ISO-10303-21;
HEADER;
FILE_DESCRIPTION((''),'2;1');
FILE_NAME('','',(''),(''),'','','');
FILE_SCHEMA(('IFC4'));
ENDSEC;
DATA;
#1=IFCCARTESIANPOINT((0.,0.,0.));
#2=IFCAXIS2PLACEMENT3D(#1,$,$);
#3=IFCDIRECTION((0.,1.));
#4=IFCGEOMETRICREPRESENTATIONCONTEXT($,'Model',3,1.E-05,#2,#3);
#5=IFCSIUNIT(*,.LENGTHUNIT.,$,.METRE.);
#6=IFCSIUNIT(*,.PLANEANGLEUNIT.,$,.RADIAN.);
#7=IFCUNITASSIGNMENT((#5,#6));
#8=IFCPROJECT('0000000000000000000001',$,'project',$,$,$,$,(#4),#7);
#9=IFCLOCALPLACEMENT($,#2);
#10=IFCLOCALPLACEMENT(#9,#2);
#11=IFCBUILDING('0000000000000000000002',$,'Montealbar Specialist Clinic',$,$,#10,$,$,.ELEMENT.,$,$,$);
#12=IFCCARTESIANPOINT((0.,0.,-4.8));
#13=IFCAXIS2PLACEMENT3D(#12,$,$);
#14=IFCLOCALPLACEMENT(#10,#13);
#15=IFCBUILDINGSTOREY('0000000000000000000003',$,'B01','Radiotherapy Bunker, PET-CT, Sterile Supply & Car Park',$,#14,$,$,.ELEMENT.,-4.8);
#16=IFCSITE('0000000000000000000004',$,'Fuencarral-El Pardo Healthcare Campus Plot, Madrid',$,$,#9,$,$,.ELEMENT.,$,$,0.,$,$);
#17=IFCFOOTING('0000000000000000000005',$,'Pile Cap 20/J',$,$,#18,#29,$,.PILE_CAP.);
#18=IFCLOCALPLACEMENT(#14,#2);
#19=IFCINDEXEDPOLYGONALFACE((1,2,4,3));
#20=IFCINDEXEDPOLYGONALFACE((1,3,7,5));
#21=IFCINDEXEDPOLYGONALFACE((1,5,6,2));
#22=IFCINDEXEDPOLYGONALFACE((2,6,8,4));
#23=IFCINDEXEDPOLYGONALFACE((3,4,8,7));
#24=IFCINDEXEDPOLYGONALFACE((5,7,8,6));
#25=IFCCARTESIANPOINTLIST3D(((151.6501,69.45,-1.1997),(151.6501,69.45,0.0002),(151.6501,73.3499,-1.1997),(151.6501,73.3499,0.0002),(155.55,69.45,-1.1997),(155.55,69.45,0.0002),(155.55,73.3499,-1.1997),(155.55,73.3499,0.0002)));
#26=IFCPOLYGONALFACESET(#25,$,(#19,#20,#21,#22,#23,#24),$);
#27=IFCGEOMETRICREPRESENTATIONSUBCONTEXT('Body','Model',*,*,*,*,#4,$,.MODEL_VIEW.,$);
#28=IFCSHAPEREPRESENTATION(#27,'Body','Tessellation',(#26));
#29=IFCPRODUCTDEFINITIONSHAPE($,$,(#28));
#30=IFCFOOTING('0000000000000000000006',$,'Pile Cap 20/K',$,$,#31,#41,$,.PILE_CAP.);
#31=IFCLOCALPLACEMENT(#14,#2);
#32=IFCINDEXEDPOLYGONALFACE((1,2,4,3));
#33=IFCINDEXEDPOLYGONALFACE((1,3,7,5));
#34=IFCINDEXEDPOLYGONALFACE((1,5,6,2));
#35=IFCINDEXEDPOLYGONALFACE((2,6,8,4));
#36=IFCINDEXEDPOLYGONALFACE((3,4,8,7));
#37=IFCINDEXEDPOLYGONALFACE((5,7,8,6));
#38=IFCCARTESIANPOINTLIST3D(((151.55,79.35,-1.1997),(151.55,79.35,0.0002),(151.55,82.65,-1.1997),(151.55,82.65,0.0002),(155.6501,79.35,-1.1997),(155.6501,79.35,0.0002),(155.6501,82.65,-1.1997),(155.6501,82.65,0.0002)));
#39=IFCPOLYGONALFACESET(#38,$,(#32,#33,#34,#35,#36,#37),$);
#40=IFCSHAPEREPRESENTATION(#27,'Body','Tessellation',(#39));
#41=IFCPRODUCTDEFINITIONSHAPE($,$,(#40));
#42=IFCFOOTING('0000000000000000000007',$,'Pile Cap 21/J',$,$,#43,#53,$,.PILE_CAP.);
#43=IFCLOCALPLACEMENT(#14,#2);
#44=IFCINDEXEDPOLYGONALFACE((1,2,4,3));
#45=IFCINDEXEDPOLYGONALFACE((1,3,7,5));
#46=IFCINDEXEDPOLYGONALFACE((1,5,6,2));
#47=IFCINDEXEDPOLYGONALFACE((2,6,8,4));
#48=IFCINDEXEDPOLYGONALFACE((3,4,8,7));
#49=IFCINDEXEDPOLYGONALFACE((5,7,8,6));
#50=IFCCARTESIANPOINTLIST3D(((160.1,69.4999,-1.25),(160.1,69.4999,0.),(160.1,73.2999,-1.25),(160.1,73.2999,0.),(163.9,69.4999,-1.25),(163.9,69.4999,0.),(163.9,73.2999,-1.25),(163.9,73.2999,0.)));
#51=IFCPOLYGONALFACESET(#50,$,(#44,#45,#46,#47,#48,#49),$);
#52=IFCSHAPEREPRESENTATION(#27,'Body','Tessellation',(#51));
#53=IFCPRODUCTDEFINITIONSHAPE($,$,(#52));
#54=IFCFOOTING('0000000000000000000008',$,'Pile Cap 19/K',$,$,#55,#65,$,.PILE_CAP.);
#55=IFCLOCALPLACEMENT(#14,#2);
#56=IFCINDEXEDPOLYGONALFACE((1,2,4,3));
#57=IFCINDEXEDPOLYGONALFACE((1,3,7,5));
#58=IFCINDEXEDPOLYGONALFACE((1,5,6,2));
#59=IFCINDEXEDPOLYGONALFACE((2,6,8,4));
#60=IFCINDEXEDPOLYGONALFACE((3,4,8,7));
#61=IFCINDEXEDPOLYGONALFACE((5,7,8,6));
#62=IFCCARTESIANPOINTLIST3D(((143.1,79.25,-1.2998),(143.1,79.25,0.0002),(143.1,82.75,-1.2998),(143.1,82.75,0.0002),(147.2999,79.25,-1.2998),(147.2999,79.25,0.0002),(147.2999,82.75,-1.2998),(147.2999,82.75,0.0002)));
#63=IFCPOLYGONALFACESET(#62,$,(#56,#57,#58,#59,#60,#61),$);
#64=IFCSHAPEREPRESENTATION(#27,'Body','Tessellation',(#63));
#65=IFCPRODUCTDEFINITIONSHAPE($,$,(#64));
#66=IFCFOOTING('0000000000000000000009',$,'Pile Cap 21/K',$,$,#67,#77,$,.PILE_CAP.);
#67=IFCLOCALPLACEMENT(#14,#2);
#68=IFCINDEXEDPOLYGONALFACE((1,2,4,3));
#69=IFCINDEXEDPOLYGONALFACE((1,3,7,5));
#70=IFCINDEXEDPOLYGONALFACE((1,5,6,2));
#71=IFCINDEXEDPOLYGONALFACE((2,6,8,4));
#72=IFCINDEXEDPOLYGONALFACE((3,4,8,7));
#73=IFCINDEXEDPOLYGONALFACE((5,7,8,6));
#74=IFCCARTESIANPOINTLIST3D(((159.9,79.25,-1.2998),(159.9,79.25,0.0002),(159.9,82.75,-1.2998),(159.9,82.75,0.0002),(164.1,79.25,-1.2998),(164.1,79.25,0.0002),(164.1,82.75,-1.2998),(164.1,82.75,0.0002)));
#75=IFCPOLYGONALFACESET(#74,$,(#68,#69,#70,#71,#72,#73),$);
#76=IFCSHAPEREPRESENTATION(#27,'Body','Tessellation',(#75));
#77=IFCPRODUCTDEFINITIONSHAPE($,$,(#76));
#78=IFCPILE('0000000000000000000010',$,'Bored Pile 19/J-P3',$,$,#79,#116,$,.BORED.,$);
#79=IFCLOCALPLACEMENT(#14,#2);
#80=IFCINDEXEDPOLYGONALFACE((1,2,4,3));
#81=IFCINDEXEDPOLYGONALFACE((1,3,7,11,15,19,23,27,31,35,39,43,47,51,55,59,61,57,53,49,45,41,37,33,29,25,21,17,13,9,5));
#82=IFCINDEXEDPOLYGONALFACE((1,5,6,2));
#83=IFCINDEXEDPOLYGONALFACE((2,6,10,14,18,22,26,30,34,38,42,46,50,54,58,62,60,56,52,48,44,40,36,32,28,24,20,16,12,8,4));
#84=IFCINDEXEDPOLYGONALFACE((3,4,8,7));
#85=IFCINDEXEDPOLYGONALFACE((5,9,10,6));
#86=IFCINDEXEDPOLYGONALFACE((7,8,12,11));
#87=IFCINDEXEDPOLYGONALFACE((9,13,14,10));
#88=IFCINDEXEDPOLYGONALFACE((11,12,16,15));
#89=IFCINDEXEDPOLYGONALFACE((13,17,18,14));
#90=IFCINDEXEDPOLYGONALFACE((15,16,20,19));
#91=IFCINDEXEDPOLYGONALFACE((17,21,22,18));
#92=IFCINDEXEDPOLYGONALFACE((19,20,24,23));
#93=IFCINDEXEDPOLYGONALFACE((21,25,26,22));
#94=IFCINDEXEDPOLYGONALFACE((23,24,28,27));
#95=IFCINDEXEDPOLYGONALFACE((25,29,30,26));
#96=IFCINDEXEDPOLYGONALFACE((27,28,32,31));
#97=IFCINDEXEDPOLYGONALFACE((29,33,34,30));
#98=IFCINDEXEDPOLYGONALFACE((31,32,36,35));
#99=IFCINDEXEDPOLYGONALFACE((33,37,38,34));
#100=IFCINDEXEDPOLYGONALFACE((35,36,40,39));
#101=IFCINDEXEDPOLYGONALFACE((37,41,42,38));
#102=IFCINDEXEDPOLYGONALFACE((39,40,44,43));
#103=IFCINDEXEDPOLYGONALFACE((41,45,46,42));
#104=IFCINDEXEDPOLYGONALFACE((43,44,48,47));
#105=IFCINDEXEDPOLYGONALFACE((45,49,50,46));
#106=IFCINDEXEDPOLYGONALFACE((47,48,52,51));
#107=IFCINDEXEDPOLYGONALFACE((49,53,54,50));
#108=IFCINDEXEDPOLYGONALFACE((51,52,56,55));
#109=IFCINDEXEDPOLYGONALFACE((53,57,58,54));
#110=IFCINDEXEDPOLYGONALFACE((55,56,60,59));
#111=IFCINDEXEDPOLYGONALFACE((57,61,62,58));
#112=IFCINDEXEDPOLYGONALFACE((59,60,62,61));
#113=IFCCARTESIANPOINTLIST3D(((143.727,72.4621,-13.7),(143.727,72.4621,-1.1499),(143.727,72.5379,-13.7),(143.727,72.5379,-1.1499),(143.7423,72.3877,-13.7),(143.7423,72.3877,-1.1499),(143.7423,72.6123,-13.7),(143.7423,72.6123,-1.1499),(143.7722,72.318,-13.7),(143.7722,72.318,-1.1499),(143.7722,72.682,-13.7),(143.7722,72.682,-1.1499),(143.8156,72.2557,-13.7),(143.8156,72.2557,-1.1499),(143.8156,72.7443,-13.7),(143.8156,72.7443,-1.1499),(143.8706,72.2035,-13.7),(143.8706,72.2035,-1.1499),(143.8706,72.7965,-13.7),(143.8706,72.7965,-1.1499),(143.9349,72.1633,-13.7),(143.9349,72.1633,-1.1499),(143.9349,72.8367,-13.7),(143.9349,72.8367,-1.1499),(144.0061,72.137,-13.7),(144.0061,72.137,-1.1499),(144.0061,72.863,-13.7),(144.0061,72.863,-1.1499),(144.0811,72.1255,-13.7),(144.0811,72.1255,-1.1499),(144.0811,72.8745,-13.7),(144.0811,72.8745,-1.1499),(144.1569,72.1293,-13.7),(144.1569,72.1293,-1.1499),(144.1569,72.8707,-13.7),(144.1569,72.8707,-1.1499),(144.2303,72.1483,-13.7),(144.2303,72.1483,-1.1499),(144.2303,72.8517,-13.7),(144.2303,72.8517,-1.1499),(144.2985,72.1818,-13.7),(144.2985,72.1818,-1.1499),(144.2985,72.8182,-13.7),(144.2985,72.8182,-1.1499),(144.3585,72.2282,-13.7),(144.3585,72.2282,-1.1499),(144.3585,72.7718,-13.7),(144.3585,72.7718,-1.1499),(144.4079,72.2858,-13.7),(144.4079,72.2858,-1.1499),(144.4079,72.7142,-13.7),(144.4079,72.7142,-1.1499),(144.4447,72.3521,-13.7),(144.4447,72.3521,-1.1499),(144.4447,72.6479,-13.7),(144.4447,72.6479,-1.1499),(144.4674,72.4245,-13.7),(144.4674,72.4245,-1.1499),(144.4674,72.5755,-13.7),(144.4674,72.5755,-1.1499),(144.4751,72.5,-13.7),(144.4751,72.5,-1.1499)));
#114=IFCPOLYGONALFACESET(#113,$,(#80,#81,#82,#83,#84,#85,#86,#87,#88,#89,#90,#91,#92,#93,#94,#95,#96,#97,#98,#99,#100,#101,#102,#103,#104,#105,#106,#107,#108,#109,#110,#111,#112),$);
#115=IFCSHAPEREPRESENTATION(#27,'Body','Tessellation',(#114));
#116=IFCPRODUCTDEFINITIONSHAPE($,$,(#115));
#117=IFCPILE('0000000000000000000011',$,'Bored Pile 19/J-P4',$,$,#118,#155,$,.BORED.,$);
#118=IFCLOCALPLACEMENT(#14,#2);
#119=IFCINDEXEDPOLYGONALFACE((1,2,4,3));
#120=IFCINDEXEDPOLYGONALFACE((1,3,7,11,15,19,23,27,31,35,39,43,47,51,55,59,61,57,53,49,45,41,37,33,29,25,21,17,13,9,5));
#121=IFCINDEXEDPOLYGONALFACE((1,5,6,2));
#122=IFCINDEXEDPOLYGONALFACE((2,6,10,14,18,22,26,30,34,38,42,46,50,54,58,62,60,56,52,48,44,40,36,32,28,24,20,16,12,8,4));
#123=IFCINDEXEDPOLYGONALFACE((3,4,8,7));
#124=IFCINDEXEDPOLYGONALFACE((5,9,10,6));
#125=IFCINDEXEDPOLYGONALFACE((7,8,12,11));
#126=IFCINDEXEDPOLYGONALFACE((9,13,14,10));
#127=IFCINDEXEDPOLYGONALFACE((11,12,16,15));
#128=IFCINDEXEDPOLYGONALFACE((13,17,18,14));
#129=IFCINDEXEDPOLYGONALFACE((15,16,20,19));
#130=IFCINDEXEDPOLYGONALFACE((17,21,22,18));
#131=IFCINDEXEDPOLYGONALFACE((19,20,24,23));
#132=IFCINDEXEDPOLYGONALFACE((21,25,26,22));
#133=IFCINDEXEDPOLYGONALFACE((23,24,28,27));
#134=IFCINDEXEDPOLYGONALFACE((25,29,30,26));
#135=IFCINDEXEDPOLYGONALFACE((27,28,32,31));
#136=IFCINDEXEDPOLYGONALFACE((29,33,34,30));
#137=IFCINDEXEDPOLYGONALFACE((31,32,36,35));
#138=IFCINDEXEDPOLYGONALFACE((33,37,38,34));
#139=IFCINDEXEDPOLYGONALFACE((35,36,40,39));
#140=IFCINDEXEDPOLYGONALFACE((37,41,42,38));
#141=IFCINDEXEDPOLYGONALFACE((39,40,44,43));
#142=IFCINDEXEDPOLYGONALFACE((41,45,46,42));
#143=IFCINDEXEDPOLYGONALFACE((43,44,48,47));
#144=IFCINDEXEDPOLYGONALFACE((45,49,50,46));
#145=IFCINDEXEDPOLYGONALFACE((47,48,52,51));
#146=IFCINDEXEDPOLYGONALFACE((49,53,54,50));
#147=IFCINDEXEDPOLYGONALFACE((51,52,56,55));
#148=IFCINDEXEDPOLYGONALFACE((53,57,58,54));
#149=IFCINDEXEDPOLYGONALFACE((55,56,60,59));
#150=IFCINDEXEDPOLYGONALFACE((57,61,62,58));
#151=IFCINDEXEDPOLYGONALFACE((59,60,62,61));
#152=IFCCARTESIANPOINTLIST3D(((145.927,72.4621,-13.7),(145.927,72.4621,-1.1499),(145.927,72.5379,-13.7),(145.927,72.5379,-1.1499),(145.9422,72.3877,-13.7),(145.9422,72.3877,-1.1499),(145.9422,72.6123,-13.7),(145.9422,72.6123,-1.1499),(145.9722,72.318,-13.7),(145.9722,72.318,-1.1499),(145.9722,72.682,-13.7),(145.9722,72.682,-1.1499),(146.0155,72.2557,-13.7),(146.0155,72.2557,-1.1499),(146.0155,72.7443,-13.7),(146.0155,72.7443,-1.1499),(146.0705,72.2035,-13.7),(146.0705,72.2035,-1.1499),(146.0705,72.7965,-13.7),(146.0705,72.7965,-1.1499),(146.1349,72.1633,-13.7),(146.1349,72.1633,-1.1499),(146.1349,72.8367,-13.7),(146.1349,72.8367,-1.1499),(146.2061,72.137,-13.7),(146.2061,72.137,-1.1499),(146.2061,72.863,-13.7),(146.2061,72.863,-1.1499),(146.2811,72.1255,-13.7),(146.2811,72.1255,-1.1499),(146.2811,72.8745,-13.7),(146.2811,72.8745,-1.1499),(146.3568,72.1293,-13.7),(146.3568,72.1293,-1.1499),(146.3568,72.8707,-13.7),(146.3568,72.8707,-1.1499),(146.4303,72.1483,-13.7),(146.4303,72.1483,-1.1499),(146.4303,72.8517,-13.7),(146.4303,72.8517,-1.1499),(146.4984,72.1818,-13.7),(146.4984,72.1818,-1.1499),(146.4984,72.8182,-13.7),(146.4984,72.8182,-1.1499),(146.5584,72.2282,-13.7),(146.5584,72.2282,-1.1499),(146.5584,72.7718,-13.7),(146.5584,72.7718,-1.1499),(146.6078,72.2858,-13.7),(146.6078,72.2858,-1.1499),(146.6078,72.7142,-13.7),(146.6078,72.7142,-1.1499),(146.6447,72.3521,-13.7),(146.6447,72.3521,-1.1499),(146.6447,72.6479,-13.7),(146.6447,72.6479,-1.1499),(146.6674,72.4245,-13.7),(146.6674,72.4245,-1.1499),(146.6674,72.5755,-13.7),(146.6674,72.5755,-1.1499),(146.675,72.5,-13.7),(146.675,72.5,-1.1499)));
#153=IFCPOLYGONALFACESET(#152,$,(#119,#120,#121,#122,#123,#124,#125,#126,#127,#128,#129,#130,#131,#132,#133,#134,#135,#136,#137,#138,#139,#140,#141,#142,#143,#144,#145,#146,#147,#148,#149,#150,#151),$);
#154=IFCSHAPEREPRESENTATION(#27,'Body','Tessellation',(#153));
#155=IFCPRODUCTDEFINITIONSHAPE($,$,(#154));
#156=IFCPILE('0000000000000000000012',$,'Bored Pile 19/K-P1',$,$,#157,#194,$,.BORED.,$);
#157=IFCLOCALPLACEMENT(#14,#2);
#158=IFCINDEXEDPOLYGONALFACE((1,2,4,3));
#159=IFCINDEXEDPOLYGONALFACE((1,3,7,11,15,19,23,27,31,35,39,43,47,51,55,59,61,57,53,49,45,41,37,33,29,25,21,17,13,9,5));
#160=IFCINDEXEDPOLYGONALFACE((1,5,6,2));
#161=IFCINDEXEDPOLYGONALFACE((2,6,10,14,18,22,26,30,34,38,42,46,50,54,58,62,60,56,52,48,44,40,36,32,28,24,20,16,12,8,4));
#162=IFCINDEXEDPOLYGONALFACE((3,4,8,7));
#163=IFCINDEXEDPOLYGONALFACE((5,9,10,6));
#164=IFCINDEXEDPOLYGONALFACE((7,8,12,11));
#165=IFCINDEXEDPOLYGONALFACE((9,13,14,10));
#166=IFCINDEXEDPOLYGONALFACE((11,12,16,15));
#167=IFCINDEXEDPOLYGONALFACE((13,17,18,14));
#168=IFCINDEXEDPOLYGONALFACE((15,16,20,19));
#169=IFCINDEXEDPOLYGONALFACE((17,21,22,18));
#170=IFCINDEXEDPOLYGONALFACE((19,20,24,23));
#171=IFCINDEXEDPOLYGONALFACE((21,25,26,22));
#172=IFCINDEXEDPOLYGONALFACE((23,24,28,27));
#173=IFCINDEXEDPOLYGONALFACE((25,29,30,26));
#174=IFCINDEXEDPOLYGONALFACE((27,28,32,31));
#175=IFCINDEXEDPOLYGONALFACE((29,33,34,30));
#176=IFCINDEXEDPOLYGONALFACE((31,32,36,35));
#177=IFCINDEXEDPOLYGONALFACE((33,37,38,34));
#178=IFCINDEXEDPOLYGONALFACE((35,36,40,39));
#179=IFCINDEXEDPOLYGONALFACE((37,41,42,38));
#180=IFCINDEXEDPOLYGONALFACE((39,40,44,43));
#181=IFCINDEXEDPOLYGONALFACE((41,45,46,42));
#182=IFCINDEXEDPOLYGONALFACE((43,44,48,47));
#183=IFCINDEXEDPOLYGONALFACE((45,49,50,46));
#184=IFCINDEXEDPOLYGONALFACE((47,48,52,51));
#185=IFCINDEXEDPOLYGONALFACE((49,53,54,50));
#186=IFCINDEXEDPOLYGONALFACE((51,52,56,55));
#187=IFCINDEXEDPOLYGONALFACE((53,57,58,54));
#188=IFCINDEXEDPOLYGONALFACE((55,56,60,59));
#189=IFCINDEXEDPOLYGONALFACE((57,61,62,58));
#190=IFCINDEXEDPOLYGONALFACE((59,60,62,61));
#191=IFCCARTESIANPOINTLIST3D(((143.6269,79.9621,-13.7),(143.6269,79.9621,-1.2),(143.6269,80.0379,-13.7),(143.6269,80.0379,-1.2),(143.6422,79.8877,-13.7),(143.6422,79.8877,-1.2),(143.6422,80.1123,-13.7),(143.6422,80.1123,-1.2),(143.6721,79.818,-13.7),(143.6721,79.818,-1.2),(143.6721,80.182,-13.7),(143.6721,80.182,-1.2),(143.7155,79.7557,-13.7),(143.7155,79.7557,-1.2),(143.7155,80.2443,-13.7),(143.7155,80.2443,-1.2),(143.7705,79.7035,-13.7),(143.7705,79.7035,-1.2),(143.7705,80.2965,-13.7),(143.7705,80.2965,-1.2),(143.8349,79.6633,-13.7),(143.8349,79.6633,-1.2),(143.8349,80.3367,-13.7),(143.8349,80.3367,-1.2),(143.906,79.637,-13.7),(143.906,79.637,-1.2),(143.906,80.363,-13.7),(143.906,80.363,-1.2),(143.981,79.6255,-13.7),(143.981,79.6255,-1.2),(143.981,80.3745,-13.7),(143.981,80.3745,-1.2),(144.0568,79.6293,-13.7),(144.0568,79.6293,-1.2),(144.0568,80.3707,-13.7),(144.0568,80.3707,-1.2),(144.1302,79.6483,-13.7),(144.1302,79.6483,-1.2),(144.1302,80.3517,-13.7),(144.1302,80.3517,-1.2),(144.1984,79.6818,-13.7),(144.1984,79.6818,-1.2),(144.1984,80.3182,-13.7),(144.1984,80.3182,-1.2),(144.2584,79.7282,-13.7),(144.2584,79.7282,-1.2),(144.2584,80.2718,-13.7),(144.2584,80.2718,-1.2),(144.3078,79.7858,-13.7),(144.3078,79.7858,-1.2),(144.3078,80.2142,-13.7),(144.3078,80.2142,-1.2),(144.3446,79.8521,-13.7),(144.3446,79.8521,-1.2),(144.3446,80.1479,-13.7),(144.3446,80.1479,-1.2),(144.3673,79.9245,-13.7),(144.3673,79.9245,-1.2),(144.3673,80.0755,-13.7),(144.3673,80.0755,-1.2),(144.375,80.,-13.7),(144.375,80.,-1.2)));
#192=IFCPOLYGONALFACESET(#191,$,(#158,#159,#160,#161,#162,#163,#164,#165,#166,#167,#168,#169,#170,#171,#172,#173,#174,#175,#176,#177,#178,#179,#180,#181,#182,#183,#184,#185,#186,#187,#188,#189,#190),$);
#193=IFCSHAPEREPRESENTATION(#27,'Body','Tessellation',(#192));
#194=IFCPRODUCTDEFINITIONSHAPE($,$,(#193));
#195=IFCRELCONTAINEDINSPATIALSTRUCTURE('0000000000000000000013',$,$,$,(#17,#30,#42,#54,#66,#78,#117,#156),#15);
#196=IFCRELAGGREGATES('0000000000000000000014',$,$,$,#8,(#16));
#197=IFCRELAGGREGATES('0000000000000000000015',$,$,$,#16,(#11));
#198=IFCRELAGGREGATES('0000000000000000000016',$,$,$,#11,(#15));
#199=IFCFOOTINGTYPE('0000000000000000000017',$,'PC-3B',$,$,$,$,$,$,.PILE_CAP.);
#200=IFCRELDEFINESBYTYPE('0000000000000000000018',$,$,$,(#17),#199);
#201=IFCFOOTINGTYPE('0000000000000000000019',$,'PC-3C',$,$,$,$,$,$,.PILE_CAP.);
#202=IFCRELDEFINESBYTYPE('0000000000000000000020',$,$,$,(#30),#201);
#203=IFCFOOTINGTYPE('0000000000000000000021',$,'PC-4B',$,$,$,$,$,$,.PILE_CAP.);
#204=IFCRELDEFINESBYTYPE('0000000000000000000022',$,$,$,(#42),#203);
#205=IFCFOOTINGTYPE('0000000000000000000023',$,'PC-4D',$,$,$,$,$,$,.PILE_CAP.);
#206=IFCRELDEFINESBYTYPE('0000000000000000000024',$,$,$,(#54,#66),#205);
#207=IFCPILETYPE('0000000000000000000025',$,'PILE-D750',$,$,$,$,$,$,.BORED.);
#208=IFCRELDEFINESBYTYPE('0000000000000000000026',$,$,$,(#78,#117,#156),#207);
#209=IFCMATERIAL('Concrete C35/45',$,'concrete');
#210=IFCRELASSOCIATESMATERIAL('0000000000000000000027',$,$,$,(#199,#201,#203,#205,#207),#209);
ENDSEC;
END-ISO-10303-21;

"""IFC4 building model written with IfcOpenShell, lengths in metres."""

from ifc_helpers import new_model, si_unit, direction, frame, origin, origin_2d, place, context, subcontext, project, spatial, rectangle, circle, extrude, material, material_profile, profile_set, type_object, element, save


model = new_model("IFC4")

# Units and contexts
model_context = context("Model", 3, precision=1e-05, world=origin(), true_north=direction((0.0, 1.0)))
body_context = subcontext(model_context, "Body", "Model", "MODEL_VIEW")
ifc_project = project(units=[si_unit("LENGTHUNIT", "METRE"), si_unit("PLANEANGLEUNIT", "RADIAN")], contexts=[model_context])

# Site, building, storey
site_placement = place(None, origin())
site = spatial("IfcSite", under=ifc_project, at=site_placement, Name="Fuencarral-El Pardo Healthcare Campus Plot, Madrid", CompositionType="ELEMENT", RefElevation=0.0)
building_placement = place(site_placement, origin())
building = spatial("IfcBuilding", under=site, at=building_placement, Name="Montealbar Specialist Clinic", CompositionType="ELEMENT")
storey_placement = place(building_placement, frame((0.0, 0.0, -4.8)))
storey = spatial("IfcBuildingStorey", under=building, at=storey_placement, Name="B01", Description="Radiotherapy Bunker, PET-CT, Sterile Supply & Car Park", CompositionType="ELEMENT", Elevation=-4.8)

# Footings
ifc_material_1 = material(Name="Concrete C35/45", Category="concrete")
footing_type_1 = type_object("IfcFootingType", Name="PC-3B", PredefinedType="PILE_CAP", material=ifc_material_1)
footing_1_placement = place(storey_placement, frame((153.6001, 71.3999, -1.1997), z_axis=(0.0, 0.0, 1.0), x_axis=(1.0, 0.0, 0.0)))
element("IfcFooting", 1, at=footing_1_placement, inside=storey, type_object=footing_type_1, Name="Pile Cap 20/J", PredefinedType="PILE_CAP", context=body_context, shape_type="SweptSolid", body=[
    extrude(rectangle(XDim=3.8999, YDim=3.8999, at=origin_2d()), origin(), (0.0, 0.0, 1.0), 1.2),
])
footing_type_2 = type_object("IfcFootingType", Name="PC-3C", PredefinedType="PILE_CAP", material=ifc_material_1)
footing_2_placement = place(storey_placement, frame((153.6001, 81.0, -1.1997), z_axis=(0.0, 0.0, 1.0), x_axis=(1.0, 0.0, 0.0)))
element("IfcFooting", 2, at=footing_2_placement, inside=storey, type_object=footing_type_2, Name="Pile Cap 20/K", PredefinedType="PILE_CAP", context=body_context, shape_type="SweptSolid", body=[
    extrude(rectangle(XDim=4.1001, YDim=3.3, at=origin_2d()), origin(), (0.0, 0.0, 1.0), 1.2),
])
footing_type_3 = type_object("IfcFootingType", Name="PC-4B", PredefinedType="PILE_CAP", material=ifc_material_1)
footing_3_placement = place(storey_placement, frame((162.0, 71.3999, -1.25), z_axis=(0.0, 0.0, 1.0), x_axis=(1.0, 0.0, 0.0)))
element("IfcFooting", 3, at=footing_3_placement, inside=storey, type_object=footing_type_3, Name="Pile Cap 21/J", PredefinedType="PILE_CAP", context=body_context, shape_type="SweptSolid", body=[
    extrude(rectangle(XDim=3.8, YDim=3.8, at=origin_2d()), origin(), (0.0, 0.0, 1.0), 1.25),
])
footing_type_4 = type_object("IfcFootingType", Name="PC-4D", PredefinedType="PILE_CAP", material=ifc_material_1)
for number, where, z_axis, x_axis, name in (
    (4, (145.2, 81.0, -1.2998), (0.0, 0.0, 1.0), (1.0, 0.0, 0.0), "Pile Cap 19/K"),
    (5, (162.0, 81.0, -1.2998), (0.0, 0.0, 1.0), (1.0, 0.0, 0.0), "Pile Cap 21/K"),
):
    element("IfcFooting", number, at=place(storey_placement, frame(where, z_axis=z_axis, x_axis=x_axis)), inside=storey, type_object=footing_type_4, Name=name, PredefinedType="PILE_CAP", context=body_context, shape_type="SweptSolid", body=[
        extrude(rectangle(XDim=4.2, YDim=3.5, at=origin_2d()), origin(), (0.0, 0.0, 1.0), 1.3),
    ])

# Piles
ifc_material_profile_1 = material_profile(ifc_material_1, circle(Radius=0.375, at=origin_2d()), Name="PILE D750", Category="concrete")
ifc_profile_set_1 = profile_set([ifc_material_profile_1], Name="Concrete C35/45")
pile_type = type_object("IfcPileType", Name="PILE-D750", PredefinedType="BORED", material=ifc_profile_set_1)
for number, where, z_axis, x_axis, name in (
    (6, (144.1001, 72.5, -1.1499), (0.0, 0.0, -1.0), (1.0, 0.0, 0.0), "Bored Pile 19/J-P3"),
    (7, (146.3, 72.5, -1.1499), (0.0, 0.0, -1.0), (1.0, 0.0, 0.0), "Bored Pile 19/J-P4"),
):
    element("IfcPile", number, at=place(storey_placement, frame(where, z_axis=z_axis, x_axis=x_axis)), inside=storey, type_object=pile_type, Name=name, PredefinedType="BORED", context=body_context, shape_type="SweptSolid", body=[
        extrude(circle(Radius=0.375, at=origin_2d()), origin(), (0.0, 0.0, 1.0), 12.55),
    ])
for number, where, z_axis, x_axis, name in (
    (8, (144.0, 80.0, -1.2), (0.0, 0.0, -1.0), (1.0, 0.0, 0.0), "Bored Pile 19/K-P1"),
):
    element("IfcPile", number, at=place(storey_placement, frame(where, z_axis=z_axis, x_axis=x_axis)), inside=storey, type_object=pile_type, Name=name, PredefinedType="BORED", context=body_context, shape_type="SweptSolid", body=[
        extrude(circle(Radius=0.375, at=origin_2d()), origin(), (0.0, 0.0, 1.0), 12.5),
    ])

save(model, "model.ifc")
